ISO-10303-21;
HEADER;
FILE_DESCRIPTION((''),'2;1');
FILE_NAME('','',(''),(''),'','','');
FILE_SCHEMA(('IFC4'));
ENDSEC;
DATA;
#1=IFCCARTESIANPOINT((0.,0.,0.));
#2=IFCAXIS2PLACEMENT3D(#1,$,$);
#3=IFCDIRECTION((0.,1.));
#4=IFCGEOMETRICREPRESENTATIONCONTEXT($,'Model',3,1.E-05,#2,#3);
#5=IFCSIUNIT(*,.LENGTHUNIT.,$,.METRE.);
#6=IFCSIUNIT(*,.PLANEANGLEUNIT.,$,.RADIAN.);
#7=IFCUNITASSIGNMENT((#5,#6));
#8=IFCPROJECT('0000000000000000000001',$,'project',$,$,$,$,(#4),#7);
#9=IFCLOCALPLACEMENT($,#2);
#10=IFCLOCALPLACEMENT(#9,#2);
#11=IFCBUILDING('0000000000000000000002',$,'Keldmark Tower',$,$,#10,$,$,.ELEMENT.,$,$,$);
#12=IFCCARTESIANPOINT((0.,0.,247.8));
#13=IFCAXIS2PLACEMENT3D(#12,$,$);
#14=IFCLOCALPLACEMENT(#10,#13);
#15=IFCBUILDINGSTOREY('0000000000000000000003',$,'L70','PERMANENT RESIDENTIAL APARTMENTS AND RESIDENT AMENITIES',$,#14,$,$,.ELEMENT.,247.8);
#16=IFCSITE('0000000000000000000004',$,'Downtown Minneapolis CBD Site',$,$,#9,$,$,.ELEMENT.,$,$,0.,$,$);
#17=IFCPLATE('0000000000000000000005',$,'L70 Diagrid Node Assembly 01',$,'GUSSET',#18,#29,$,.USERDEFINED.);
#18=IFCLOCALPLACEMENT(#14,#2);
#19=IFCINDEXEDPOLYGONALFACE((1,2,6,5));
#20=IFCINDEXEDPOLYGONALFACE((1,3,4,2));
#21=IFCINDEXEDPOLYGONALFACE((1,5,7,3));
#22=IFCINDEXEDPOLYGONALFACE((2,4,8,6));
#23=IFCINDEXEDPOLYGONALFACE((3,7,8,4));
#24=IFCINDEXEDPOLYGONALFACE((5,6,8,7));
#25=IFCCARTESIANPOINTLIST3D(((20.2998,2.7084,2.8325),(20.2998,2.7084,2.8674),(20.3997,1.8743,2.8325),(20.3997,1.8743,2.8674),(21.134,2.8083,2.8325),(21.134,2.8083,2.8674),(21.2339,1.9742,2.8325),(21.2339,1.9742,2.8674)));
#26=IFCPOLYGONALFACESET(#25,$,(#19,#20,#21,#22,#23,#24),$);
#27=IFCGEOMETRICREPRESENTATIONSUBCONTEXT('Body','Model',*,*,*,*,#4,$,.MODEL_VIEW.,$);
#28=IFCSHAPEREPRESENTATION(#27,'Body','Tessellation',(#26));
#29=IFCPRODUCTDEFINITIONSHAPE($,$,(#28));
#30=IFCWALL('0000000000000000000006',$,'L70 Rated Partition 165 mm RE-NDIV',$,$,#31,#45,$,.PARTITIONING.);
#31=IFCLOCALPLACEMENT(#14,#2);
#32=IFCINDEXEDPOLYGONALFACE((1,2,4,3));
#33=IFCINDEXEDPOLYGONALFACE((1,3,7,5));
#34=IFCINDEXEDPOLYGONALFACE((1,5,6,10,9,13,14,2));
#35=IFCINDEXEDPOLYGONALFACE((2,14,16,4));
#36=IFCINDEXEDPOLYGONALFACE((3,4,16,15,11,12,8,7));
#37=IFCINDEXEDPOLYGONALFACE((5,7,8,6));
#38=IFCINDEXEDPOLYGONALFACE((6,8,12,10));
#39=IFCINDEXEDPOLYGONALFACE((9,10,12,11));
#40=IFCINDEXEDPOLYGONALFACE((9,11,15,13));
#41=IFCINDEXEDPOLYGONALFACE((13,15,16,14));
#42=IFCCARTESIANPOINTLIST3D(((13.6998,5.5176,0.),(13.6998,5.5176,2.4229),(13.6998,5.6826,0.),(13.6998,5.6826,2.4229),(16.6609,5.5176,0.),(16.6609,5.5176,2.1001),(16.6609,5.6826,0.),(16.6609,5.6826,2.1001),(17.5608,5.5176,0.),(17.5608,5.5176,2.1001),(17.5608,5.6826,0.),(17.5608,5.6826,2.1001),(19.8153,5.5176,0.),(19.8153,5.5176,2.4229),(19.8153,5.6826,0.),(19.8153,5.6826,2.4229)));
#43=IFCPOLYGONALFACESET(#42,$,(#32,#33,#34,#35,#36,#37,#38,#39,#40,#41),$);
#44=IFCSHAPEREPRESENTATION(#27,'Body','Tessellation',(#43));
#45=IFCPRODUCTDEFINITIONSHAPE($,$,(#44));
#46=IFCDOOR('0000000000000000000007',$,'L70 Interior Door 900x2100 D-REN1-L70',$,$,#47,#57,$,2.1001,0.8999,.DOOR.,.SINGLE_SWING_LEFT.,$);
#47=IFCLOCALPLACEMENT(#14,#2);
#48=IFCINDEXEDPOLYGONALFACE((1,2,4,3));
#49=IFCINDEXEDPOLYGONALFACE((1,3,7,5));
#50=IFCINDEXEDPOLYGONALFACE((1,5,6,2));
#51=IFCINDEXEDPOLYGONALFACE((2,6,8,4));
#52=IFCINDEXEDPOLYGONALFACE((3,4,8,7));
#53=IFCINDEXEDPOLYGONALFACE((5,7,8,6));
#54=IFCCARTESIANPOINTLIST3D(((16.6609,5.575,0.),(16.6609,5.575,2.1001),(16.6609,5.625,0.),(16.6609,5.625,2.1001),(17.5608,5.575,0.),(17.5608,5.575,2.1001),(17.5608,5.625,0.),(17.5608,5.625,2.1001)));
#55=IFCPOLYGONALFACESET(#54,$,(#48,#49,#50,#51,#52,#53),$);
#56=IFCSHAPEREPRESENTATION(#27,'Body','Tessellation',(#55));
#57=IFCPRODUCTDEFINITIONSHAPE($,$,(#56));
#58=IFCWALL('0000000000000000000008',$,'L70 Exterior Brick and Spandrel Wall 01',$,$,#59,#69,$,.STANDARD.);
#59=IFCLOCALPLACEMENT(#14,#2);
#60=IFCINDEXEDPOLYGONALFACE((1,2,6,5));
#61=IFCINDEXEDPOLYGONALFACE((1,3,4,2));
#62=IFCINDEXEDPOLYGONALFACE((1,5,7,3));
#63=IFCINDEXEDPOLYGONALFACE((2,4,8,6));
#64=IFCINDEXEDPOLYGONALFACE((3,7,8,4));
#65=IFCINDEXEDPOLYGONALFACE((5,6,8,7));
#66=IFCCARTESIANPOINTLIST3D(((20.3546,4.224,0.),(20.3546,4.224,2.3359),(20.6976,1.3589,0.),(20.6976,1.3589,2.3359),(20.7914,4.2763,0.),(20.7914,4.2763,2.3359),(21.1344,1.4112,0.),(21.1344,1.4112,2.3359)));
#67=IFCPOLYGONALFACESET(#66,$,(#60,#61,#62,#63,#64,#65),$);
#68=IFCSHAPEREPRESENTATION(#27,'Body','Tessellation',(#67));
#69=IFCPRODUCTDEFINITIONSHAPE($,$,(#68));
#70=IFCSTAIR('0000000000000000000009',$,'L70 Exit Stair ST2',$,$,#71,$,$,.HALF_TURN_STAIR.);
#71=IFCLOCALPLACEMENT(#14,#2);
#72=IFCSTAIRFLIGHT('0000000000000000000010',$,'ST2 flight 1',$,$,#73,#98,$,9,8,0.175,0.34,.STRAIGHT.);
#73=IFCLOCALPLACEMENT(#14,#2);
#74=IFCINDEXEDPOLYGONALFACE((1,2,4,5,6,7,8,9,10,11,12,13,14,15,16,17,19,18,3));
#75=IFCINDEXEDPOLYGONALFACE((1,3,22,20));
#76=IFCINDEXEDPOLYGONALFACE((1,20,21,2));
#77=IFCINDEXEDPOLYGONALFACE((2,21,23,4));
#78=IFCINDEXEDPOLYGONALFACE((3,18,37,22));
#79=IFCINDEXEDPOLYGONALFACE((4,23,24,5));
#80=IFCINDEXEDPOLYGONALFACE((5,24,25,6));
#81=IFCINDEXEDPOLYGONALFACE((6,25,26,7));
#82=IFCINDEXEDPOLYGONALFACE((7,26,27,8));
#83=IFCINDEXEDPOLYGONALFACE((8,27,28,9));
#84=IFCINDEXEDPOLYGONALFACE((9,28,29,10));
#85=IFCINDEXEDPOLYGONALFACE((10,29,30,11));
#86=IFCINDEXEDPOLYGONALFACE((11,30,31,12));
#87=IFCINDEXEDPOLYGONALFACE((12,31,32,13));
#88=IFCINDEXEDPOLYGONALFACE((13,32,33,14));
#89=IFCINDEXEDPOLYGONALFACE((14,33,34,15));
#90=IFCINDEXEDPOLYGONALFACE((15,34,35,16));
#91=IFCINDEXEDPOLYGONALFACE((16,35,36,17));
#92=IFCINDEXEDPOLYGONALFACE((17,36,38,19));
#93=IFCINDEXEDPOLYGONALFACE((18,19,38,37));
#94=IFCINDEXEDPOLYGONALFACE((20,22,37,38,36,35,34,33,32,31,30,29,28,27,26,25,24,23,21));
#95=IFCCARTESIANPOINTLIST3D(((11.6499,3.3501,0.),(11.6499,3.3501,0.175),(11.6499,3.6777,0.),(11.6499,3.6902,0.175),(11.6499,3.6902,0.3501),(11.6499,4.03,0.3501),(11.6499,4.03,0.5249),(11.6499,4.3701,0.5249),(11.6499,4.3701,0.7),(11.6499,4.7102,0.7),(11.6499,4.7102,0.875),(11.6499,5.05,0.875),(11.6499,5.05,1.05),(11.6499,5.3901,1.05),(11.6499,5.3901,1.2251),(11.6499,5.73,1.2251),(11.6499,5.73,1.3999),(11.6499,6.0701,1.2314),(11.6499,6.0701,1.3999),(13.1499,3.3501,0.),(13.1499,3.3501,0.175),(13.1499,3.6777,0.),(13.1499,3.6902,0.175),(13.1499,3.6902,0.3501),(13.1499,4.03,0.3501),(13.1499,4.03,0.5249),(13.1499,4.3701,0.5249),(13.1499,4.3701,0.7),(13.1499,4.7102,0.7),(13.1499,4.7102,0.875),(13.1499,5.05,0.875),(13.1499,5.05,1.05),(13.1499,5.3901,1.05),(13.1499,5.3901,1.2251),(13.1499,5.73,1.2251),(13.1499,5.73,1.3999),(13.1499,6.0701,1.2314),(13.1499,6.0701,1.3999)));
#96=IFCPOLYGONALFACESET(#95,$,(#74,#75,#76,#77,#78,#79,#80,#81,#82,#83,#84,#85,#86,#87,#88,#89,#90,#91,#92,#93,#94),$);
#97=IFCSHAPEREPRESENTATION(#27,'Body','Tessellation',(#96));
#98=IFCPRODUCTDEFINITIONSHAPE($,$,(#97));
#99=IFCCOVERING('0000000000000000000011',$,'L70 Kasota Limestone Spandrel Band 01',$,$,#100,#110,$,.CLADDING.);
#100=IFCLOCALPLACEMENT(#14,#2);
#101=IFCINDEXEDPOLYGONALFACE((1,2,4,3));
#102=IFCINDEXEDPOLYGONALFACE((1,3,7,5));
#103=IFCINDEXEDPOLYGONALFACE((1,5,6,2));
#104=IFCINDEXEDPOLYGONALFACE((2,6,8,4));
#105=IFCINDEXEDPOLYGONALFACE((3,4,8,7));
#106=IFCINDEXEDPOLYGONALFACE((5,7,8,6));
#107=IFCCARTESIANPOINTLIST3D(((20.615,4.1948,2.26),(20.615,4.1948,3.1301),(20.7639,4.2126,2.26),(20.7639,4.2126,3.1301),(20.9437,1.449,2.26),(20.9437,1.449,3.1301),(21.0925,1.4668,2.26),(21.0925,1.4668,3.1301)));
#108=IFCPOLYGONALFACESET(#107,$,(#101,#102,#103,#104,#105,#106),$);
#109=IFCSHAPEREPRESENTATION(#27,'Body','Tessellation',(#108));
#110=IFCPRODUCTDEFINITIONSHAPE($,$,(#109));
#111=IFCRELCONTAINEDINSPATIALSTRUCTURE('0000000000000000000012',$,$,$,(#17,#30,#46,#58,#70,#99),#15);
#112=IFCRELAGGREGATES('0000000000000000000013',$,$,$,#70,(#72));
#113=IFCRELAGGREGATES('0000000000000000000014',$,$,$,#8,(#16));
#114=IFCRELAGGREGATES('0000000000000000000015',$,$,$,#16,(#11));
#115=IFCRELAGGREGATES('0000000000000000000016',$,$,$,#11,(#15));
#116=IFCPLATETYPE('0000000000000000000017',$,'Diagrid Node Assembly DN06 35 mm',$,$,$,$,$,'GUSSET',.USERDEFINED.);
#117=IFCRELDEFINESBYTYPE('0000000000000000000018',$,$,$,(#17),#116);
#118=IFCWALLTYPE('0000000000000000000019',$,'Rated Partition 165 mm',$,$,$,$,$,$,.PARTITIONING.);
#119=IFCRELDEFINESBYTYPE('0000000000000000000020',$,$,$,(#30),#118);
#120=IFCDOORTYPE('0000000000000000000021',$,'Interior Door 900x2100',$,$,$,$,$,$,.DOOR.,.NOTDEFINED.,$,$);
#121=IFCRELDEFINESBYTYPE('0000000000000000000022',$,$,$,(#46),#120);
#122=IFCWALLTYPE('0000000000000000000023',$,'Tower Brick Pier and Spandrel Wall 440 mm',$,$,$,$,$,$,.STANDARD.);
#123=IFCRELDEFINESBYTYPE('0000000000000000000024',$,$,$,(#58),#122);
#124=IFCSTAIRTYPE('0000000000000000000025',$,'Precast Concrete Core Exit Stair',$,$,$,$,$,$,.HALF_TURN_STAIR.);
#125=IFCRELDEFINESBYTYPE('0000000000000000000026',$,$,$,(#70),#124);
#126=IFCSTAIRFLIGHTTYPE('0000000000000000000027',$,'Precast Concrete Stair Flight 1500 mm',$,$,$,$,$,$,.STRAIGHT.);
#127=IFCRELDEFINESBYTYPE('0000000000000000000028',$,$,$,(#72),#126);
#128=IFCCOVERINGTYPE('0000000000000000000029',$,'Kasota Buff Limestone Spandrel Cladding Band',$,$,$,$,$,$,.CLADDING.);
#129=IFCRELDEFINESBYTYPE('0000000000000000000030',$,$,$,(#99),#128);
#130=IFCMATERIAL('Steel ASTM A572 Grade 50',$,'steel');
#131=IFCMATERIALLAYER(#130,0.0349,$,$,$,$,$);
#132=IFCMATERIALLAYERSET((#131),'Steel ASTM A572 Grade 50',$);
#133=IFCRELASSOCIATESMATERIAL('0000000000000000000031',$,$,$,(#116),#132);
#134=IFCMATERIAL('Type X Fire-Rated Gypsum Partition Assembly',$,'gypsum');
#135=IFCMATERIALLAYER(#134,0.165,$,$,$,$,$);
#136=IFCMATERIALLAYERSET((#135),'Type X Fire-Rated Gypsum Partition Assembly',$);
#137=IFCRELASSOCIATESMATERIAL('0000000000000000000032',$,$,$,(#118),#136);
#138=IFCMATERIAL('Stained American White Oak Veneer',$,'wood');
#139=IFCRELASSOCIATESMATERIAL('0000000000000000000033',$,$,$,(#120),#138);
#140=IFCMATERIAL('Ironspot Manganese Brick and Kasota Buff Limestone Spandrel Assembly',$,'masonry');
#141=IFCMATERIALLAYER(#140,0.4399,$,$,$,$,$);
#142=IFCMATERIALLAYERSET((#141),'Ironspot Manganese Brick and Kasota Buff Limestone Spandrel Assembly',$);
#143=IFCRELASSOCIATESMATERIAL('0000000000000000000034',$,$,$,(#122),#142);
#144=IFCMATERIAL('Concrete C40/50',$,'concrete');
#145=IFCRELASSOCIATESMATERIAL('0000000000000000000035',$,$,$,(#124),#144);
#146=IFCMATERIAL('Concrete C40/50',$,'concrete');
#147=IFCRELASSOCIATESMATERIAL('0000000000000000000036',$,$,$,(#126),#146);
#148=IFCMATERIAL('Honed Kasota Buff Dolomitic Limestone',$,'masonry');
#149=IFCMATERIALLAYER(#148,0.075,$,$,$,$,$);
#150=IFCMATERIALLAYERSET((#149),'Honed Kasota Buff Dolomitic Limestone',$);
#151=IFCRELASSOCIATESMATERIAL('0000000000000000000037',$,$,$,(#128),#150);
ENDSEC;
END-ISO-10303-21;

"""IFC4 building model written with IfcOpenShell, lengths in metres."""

from ifc_helpers import new_model, si_unit, direction, frame, frame_2d, origin, origin_2d, place, context, subcontext, project, spatial, polyline, rectangle, outline, extrude, material, layer, layer_set, type_object, element, fill, aggregate, save


model = new_model("IFC4")

# Units and contexts
model_context = context("Model", 3, precision=1e-05, world=origin(), true_north=direction((0.0, 1.0)))
body_context = subcontext(model_context, "Body", "Model", "MODEL_VIEW")
ifc_project = project(units=[si_unit("LENGTHUNIT", "METRE"), si_unit("PLANEANGLEUNIT", "RADIAN")], contexts=[model_context])

# Site, building, storey
site_placement = place(None, origin())
site = spatial("IfcSite", under=ifc_project, at=site_placement, Name="Downtown Minneapolis CBD Site", CompositionType="ELEMENT", RefElevation=0.0)
building_placement = place(site_placement, origin())
building = spatial("IfcBuilding", under=site, at=building_placement, Name="Keldmark Tower", CompositionType="ELEMENT")
storey_placement = place(building_placement, frame((0.0, 0.0, 247.8)))
storey = spatial("IfcBuildingStorey", under=building, at=storey_placement, Name="L70", Description="PERMANENT RESIDENTIAL APARTMENTS AND RESIDENT AMENITIES", CompositionType="ELEMENT", Elevation=247.8)

# Plate
ifc_material_1 = material(Name="Steel ASTM A572 Grade 50", Category="steel")
ifc_layer_1 = layer(ifc_material_1, 0.0349)
ifc_layer_set_1 = layer_set([ifc_layer_1], Name="Steel ASTM A572 Grade 50")
plate_type_1 = type_object("IfcPlateType", Name="Diagrid Node Assembly DN06 35 mm", ElementType="GUSSET", PredefinedType="USERDEFINED", material=ifc_layer_set_1)
plate_placement = place(storey_placement, frame((20.7668, 2.3413, 2.8325), z_axis=(0.0, 0.0, 1.0), x_axis=(-0.118924, 0.992903, 0.0)))
element("IfcPlate", 1, at=plate_placement, inside=storey, type_object=plate_type_1, Name="L70 Diagrid Node Assembly 01", ObjectType="GUSSET", PredefinedType="USERDEFINED", context=body_context, shape_type="SweptSolid", body=[
    extrude(rectangle(XDim=0.8401, YDim=0.8401, at=origin_2d()), origin(), (0.0, 0.0, 1.0), 0.0349),
])

# Wall, opening, door
ifc_material_2 = material(Name="Type X Fire-Rated Gypsum Partition Assembly", Category="gypsum")
ifc_layer_2 = layer(ifc_material_2, 0.165)
ifc_layer_set_2 = layer_set([ifc_layer_2], Name="Type X Fire-Rated Gypsum Partition Assembly")
wall_type_1 = type_object("IfcWallType", Name="Rated Partition 165 mm", PredefinedType="PARTITIONING", material=ifc_layer_set_2)
wall_1_placement = place(storey_placement, frame((13.7, 5.6001, 0.0), z_axis=(0.0, 0.0, 1.0), x_axis=(1.0, 0.0, 0.0)))
wall_1 = element("IfcWall", 2, at=wall_1_placement, inside=storey, type_object=wall_type_1, Name="L70 Rated Partition 165 mm RE-NDIV", PredefinedType="PARTITIONING", context=body_context, shape_type="SweptSolid", body=[
    extrude(rectangle(XDim=6.1155, YDim=0.165, at=frame_2d((3.0576, 0.0))), origin(), (0.0, 0.0, 1.0), 2.4229),
])
opening_1_placement = place(wall_1_placement, frame((2.9609, 0.0, 0.0)))
opening_1 = element("IfcOpeningElement", 3, at=opening_1_placement, cuts=wall_1, PredefinedType="OPENING", context=body_context, shape_type="SweptSolid", body=[
    extrude(rectangle(XDim=0.8999, YDim=2.1001, at=frame_2d((0.45, 1.05))), frame((0.0, 0.0925, 0.0), z_axis=(0.0, -1.0, 0.0), x_axis=(1.0, 0.0, 0.0)), (0.0, 0.0, 1.0), 0.1851),
])
ifc_material_3 = material(Name="Stained American White Oak Veneer", Category="wood")
door_type_1 = type_object("IfcDoorType", Name="Interior Door 900x2100", OperationType="NOTDEFINED", PredefinedType="DOOR", material=ifc_material_3)
door_1_placement = place(opening_1_placement, origin())
door_1 = element("IfcDoor", 4, at=door_1_placement, inside=storey, type_object=door_type_1, Name="L70 Interior Door 900x2100 D-REN1-L70", OperationType="SINGLE_SWING_LEFT", OverallHeight=2.1001, OverallWidth=0.8999, PredefinedType="DOOR", context=body_context, shape_type="SweptSolid", body=[
    extrude(rectangle(XDim=0.8999, YDim=2.1001, at=frame_2d((0.45, 1.05))), frame((0.0, 0.0249, 0.0), z_axis=(0.0, -1.0, 0.0), x_axis=(1.0, 0.0, 0.0)), (0.0, 0.0, 1.0), 0.05),
])
fill(opening_1, door_1)

# Wall
ifc_material_4 = material(Name="Ironspot Manganese Brick and Kasota Buff Limestone Spandrel Assembly", Category="masonry")
ifc_layer_3 = layer(ifc_material_4, 0.4399)
ifc_layer_set_3 = layer_set([ifc_layer_3], Name="Ironspot Manganese Brick and Kasota Buff Limestone Spandrel Assembly")
wall_type_2 = type_object("IfcWallType", Name="Tower Brick Pier and Spandrel Wall 440 mm", PredefinedType="STANDARD", material=ifc_layer_set_3)
wall_2_placement = place(storey_placement, frame((20.573, 4.2502, 0.0), z_axis=(0.0, 0.0, 1.0), x_axis=(0.118878, -0.992909, 0.0)))
element("IfcWall", 5, at=wall_2_placement, inside=storey, type_object=wall_type_2, Name="L70 Exterior Brick and Spandrel Wall 01", PredefinedType="STANDARD", context=body_context, shape_type="SweptSolid", body=[
    extrude(rectangle(XDim=2.8855, YDim=0.4399, at=frame_2d((1.4429, 0.0))), origin(), (0.0, 0.0, 1.0), 2.3359),
])

# Stair, stair flight
ifc_material_5 = material(Name="Concrete C40/50", Category="concrete")
stair_type = type_object("IfcStairType", Name="Precast Concrete Core Exit Stair", PredefinedType="HALF_TURN_STAIR", material=ifc_material_5)
stair_placement = place(storey_placement, origin())
stair = element("IfcStair", 6, at=stair_placement, inside=storey, type_object=stair_type, Name="L70 Exit Stair ST2", PredefinedType="HALF_TURN_STAIR")
ifc_material_6 = material(Name="Concrete C40/50", Category="concrete")
stair_flight_type = type_object("IfcStairFlightType", Name="Precast Concrete Stair Flight 1500 mm", PredefinedType="STRAIGHT", material=ifc_material_6)
stair_flight_placement = place(storey_placement, frame((12.3999, 3.3501, 0.0), z_axis=(0.0, 0.0, 1.0), x_axis=(0.0, 1.0, 0.0)))
stair_flight = element("IfcStairFlight", 7, at=stair_flight_placement, type_object=stair_flight_type, Name="ST2 flight 1", NumberOfRisers=9, NumberOfTreads=8, PredefinedType="STRAIGHT", RiserHeight=0.175, TreadLength=0.34, context=body_context, shape_type="SweptSolid", body=[
    extrude(outline(polyline([(0.0, 0.0), (0.0, 0.175), (0.3401, 0.175), (0.3401, 0.3501), (0.6799, 0.3501), (0.6799, 0.5249), (1.02, 0.5249), (1.02, 0.7), (1.3601, 0.7), (1.3601, 0.875), (1.7, 0.875), (1.7, 1.05), (2.04, 1.05), (2.04, 1.2251), (2.3799, 1.2251), (2.3799, 1.3999), (2.72, 1.3999), (2.72, 1.575), (2.72, 1.2314), (0.3276, 0.0), (0.0, 0.0)])), frame((0.0, 0.75, 0.0), z_axis=(0.0, -1.0, 0.0), x_axis=(1.0, 0.0, 0.0)), (0.0, 0.0, 1.0), 1.5),
])
aggregate(stair, [stair_flight])

# Covering
ifc_material_7 = material(Name="Honed Kasota Buff Dolomitic Limestone", Category="masonry")
ifc_layer_4 = layer(ifc_material_7, 0.075)
ifc_layer_set_4 = layer_set([ifc_layer_4], Name="Honed Kasota Buff Dolomitic Limestone")
covering_type = type_object("IfcCoveringType", Name="Kasota Buff Limestone Spandrel Cladding Band", PredefinedType="CLADDING", material=ifc_layer_set_4)
covering_placement = place(storey_placement, frame((20.8538, 2.8308, 2.26), z_axis=(0.0, 0.0, 1.0), x_axis=(-0.118837, 0.992914, 0.0)))
element("IfcCovering", 8, at=covering_placement, inside=storey, type_object=covering_type, Name="L70 Kasota Limestone Spandrel Band 01", PredefinedType="CLADDING", context=body_context, shape_type="SweptSolid", body=[
    extrude(rectangle(XDim=2.7654, YDim=0.1499, at=origin_2d()), origin(), (0.0, 0.0, 1.0), 0.8701),
])

save(model, "model.ifc")
